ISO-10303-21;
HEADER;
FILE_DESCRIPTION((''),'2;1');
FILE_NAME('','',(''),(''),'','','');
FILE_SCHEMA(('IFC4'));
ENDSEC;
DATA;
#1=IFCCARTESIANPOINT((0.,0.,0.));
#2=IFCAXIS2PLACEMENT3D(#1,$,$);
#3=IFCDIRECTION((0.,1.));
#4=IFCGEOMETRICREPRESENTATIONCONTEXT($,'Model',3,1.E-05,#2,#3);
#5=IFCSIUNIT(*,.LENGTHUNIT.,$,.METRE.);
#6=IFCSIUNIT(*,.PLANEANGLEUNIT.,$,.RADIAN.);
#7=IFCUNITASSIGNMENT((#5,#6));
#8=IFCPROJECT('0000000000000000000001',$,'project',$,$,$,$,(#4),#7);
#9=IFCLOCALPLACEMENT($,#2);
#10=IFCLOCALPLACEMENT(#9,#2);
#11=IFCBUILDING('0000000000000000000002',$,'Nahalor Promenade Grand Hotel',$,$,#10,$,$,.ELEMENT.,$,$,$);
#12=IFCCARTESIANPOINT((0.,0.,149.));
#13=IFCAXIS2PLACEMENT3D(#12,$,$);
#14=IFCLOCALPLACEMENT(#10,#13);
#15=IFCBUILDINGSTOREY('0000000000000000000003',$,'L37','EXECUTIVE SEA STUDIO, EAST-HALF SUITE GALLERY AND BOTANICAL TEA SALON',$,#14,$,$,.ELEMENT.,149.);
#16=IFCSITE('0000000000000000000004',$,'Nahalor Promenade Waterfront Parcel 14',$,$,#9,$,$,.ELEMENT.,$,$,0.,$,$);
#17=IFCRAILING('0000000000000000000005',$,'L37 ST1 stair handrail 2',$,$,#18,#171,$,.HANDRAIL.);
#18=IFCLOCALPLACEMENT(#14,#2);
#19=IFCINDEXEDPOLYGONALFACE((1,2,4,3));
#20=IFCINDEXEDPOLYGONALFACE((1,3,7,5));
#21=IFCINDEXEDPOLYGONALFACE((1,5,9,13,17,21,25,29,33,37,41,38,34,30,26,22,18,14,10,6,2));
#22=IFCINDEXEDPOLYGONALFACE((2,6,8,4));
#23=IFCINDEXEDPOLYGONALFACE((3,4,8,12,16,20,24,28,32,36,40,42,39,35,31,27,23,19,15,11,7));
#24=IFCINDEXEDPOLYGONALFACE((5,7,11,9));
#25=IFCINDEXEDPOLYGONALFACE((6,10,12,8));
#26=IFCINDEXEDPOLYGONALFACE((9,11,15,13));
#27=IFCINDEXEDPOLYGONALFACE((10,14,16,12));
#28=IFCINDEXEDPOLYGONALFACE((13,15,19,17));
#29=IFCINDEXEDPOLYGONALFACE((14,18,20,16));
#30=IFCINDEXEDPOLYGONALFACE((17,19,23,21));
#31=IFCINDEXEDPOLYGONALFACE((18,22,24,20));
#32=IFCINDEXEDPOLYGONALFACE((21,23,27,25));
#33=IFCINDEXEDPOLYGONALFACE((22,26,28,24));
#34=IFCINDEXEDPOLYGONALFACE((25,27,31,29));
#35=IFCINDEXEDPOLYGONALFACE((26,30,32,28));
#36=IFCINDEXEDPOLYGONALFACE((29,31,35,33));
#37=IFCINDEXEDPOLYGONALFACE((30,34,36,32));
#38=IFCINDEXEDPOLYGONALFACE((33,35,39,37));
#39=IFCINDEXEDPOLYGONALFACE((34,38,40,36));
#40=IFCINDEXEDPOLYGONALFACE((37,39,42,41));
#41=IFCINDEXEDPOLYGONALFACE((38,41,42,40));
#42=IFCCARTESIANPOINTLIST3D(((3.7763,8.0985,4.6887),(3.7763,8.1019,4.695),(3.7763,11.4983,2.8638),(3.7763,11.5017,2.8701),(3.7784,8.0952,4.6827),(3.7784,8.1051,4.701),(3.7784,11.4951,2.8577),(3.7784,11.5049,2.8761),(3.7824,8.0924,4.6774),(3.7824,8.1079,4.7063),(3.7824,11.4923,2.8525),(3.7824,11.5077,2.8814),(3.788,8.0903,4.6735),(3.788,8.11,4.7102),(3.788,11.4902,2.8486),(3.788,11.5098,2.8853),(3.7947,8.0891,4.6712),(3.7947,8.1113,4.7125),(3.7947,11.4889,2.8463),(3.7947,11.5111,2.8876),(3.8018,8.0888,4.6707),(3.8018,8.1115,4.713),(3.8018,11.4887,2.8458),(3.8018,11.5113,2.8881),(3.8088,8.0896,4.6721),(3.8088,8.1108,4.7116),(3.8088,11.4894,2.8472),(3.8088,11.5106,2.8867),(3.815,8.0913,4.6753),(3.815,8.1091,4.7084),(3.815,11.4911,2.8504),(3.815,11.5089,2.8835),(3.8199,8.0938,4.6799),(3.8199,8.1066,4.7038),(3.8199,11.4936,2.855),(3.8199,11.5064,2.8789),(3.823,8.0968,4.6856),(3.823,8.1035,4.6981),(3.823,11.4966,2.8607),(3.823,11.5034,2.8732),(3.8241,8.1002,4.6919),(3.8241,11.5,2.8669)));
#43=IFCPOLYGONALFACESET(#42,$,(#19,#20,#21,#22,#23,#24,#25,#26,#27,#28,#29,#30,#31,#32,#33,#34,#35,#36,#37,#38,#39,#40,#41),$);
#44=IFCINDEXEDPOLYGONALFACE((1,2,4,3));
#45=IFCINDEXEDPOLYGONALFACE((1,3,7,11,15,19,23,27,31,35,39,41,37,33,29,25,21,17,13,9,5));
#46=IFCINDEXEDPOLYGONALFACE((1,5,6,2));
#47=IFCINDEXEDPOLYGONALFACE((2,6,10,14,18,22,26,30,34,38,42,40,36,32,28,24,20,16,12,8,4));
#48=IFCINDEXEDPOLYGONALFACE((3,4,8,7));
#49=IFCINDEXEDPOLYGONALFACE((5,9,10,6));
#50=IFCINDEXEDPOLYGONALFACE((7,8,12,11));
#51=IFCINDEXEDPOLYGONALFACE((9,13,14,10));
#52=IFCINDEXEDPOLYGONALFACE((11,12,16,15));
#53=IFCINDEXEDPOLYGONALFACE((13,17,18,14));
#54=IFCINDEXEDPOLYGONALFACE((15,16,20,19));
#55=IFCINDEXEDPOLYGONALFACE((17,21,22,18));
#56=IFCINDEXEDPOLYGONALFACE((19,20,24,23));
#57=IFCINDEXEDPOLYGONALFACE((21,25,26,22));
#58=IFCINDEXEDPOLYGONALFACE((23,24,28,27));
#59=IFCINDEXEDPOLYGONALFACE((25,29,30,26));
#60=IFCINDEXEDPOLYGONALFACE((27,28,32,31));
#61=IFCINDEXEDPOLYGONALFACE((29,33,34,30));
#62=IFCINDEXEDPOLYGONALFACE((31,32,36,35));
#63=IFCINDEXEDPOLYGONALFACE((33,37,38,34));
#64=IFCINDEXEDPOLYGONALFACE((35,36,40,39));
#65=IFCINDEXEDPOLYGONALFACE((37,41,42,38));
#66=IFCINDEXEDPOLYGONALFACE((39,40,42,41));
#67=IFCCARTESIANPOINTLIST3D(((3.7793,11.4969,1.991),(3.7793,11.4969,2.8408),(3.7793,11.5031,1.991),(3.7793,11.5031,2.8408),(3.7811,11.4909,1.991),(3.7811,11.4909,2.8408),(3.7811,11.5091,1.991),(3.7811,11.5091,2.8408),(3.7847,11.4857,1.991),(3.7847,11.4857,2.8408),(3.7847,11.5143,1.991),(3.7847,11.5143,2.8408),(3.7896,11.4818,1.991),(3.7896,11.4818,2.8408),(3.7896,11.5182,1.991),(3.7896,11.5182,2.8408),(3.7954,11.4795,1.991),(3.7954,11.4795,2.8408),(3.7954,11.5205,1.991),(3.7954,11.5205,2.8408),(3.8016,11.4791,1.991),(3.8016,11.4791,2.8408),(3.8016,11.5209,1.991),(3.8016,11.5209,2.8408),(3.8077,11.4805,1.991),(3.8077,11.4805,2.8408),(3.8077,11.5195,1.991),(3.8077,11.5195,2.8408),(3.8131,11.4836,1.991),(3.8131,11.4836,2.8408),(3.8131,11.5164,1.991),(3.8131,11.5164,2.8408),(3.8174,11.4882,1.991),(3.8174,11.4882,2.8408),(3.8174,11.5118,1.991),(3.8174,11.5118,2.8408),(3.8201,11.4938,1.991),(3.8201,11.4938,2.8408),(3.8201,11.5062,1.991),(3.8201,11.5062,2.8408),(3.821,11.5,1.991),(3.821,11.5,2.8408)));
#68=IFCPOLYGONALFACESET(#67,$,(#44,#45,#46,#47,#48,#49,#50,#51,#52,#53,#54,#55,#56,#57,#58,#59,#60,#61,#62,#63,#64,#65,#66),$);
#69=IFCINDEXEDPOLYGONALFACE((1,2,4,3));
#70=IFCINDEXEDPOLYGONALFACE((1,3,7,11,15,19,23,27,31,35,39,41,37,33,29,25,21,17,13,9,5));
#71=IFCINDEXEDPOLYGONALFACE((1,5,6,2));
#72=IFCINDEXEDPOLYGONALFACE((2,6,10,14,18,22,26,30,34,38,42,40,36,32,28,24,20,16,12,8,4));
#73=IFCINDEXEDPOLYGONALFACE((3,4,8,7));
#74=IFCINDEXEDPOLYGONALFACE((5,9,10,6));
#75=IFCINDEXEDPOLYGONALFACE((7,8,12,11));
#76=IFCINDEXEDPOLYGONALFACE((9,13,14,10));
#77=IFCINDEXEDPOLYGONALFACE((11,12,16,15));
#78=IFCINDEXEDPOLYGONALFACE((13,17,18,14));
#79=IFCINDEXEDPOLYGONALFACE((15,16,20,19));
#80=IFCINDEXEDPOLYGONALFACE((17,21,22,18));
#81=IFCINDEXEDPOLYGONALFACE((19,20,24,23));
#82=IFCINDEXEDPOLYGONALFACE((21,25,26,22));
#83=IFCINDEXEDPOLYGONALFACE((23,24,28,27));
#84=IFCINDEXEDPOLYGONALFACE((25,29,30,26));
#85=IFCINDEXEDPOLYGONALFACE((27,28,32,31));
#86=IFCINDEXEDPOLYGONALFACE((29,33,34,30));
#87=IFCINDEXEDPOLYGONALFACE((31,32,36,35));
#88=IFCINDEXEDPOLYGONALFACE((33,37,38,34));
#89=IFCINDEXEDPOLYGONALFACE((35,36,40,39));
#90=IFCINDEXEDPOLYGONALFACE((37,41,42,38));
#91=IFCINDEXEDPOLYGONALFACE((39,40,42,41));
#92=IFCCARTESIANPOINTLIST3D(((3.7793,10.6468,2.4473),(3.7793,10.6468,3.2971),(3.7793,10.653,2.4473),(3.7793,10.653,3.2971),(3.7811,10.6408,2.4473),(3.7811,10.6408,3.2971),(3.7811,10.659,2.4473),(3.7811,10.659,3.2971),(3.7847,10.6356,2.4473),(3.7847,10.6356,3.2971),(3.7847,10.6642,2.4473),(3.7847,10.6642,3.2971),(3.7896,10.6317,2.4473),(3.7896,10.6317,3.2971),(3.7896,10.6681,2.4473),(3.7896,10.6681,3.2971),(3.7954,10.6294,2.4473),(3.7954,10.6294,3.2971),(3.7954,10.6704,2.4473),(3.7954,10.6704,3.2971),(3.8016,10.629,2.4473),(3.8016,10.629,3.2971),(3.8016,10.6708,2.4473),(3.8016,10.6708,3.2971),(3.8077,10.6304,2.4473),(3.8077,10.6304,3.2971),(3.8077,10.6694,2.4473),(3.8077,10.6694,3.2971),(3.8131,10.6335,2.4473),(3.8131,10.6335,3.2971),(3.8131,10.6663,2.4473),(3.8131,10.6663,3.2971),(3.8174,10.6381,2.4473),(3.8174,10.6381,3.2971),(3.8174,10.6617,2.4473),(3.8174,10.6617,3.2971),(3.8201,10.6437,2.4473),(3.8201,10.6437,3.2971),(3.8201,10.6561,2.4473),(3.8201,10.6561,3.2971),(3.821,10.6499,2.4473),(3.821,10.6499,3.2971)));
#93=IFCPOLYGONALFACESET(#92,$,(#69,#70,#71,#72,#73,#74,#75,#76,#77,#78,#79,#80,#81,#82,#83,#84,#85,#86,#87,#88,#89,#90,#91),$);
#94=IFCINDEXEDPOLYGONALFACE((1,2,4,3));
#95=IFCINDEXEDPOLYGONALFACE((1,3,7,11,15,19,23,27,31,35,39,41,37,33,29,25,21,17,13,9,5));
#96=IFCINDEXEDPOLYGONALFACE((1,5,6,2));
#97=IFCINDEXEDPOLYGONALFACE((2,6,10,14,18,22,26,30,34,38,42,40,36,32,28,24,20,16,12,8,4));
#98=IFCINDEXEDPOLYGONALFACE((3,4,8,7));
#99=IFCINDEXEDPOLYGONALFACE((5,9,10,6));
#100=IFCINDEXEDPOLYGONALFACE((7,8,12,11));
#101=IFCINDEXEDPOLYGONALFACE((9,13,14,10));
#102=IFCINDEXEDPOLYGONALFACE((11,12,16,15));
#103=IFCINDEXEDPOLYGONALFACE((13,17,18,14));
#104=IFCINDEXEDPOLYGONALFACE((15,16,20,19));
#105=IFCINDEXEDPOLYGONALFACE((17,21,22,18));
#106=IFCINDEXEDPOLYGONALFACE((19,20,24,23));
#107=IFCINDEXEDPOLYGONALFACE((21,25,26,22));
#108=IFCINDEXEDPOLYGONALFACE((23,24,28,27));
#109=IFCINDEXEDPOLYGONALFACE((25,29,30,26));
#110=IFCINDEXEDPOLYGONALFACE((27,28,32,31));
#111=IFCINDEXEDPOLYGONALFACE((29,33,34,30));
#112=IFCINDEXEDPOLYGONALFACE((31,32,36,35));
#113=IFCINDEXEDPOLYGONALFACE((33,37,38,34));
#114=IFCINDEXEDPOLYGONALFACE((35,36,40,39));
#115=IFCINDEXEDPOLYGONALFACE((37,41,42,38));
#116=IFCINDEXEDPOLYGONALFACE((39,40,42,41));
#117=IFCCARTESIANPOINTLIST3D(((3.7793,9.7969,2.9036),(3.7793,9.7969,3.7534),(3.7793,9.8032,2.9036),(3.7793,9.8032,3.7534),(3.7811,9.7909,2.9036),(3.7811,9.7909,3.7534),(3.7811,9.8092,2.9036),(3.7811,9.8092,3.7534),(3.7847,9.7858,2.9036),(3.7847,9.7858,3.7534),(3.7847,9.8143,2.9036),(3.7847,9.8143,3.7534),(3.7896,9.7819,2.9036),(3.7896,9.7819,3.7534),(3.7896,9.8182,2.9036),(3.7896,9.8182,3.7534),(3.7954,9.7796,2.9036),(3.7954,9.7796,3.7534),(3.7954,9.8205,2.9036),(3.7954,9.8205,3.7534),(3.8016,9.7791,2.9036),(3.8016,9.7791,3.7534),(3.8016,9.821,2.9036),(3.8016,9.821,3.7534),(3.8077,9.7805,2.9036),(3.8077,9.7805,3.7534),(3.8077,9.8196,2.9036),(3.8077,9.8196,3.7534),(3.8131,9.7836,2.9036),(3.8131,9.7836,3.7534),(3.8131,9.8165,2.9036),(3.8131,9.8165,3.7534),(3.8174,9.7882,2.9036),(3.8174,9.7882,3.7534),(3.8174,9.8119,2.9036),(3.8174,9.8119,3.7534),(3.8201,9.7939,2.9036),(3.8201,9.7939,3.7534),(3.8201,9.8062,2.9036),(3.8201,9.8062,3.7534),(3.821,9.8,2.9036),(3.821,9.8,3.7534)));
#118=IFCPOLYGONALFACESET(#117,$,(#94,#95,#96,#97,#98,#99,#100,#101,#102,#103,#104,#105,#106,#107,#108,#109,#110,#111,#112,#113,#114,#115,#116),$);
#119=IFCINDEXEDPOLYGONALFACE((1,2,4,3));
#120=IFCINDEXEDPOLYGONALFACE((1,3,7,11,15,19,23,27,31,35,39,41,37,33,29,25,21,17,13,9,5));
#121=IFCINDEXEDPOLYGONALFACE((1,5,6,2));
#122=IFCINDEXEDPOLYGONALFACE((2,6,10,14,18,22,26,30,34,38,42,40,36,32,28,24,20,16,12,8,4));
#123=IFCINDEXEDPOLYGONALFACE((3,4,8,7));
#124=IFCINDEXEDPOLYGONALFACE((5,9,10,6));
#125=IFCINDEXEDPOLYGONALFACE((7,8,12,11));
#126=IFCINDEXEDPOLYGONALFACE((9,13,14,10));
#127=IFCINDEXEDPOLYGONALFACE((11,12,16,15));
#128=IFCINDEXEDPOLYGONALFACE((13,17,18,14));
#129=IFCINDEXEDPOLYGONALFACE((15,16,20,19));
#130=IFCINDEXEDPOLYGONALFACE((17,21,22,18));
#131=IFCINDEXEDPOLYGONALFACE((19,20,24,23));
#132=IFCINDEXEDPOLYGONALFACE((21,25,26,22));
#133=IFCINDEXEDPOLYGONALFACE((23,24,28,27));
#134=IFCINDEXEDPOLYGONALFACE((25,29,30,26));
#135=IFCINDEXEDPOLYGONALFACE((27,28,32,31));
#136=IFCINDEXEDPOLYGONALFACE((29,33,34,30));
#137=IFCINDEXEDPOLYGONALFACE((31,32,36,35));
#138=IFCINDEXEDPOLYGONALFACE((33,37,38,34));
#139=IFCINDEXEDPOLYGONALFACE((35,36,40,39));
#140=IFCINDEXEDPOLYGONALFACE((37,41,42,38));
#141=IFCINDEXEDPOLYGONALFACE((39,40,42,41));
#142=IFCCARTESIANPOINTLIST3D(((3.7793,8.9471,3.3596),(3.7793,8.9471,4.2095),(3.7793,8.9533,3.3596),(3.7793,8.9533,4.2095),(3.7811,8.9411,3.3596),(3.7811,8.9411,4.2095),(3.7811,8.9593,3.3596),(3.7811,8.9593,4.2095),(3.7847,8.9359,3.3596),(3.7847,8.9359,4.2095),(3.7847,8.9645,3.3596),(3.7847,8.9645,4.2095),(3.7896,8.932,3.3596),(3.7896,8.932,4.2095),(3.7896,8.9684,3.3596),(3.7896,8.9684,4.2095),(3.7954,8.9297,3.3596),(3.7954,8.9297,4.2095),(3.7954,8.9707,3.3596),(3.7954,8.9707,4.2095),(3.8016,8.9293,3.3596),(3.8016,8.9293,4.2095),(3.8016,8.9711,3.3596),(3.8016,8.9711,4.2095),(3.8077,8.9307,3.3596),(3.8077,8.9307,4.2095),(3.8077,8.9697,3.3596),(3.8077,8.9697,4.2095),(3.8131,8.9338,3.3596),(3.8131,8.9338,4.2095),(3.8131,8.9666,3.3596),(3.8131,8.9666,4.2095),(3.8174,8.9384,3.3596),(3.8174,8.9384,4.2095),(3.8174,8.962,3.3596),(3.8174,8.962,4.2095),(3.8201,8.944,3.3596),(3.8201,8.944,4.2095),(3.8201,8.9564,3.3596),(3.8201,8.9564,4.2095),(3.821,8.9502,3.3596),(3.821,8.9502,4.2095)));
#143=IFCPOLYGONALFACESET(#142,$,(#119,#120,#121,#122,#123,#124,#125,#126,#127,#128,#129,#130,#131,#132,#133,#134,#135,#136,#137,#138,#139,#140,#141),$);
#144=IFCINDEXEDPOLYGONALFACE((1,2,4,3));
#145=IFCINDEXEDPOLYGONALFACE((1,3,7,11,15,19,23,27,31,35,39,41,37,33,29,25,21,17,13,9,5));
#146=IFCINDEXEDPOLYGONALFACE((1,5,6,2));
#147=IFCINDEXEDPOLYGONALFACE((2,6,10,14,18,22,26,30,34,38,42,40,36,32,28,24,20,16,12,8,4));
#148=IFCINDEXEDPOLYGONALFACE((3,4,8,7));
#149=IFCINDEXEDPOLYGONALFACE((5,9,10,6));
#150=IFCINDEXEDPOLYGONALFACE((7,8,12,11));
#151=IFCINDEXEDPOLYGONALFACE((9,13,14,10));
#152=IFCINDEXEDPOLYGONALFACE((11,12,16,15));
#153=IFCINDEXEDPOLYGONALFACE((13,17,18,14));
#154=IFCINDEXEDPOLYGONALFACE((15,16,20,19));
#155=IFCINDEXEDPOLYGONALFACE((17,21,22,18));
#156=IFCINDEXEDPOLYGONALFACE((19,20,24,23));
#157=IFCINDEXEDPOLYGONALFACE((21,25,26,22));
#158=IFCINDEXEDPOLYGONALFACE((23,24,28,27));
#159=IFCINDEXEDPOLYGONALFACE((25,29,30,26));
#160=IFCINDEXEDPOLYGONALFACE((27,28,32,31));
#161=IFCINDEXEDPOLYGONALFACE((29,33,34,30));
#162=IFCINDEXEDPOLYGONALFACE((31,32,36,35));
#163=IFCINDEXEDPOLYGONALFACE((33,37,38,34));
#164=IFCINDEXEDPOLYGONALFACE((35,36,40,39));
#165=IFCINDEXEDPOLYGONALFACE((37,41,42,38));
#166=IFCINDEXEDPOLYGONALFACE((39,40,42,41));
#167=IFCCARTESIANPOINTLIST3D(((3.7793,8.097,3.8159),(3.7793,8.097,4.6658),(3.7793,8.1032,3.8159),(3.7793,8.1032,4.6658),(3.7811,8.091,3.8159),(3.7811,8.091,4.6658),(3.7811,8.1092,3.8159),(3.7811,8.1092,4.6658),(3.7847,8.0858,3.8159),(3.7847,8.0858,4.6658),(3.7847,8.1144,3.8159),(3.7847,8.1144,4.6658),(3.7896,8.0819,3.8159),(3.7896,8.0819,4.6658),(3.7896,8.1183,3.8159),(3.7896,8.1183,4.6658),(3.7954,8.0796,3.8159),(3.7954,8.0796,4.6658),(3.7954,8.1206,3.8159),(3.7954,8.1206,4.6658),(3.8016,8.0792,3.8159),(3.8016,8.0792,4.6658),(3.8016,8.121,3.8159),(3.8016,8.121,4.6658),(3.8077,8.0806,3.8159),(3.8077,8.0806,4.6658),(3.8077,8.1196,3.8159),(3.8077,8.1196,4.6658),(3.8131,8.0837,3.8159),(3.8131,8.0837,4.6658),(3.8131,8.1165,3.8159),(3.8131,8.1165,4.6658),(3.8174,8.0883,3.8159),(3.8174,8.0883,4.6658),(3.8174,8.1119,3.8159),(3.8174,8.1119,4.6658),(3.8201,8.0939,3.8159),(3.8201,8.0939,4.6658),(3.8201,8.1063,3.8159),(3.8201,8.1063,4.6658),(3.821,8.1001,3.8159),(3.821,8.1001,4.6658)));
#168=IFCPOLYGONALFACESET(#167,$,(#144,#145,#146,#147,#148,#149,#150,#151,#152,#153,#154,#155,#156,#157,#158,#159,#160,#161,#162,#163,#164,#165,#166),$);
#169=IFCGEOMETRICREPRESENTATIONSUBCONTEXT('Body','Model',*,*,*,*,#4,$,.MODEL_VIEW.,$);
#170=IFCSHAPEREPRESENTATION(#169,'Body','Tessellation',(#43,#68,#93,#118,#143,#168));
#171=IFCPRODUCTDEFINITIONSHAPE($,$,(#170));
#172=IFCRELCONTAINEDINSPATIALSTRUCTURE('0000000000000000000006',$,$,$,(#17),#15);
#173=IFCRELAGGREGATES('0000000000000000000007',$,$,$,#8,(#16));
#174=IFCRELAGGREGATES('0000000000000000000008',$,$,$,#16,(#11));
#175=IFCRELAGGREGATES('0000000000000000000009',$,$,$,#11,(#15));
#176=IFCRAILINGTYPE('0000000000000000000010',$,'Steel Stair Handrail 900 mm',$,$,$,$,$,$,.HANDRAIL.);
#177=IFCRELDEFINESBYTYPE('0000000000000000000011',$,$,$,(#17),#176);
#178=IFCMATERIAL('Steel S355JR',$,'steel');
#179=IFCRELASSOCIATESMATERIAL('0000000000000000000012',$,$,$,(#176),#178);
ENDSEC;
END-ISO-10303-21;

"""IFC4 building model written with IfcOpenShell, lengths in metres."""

from ifc_helpers import new_model, si_unit, direction, frame, origin, origin_2d, place, context, subcontext, project, spatial, circle, extrude, material, type_object, element, save


model = new_model("IFC4")

# Units and contexts
model_context = context("Model", 3, precision=1e-05, world=origin(), true_north=direction((0.0, 1.0)))
body_context = subcontext(model_context, "Body", "Model", "MODEL_VIEW")
ifc_project = project(units=[si_unit("LENGTHUNIT", "METRE"), si_unit("PLANEANGLEUNIT", "RADIAN")], contexts=[model_context])

# Site, building, storey
site_placement = place(None, origin())
site = spatial("IfcSite", under=ifc_project, at=site_placement, Name="Nahalor Promenade Waterfront Parcel 14", CompositionType="ELEMENT", RefElevation=0.0)
building_placement = place(site_placement, origin())
building = spatial("IfcBuilding", under=site, at=building_placement, Name="Nahalor Promenade Grand Hotel", CompositionType="ELEMENT")
storey_placement = place(building_placement, frame((0.0, 0.0, 149.0)))
storey = spatial("IfcBuildingStorey", under=building, at=storey_placement, Name="L37", Description="EXECUTIVE SEA STUDIO, EAST-HALF SUITE GALLERY AND BOTANICAL TEA SALON", CompositionType="ELEMENT", Elevation=149.0)

# Shared definitions
ifc_material_1 = material(Name="Steel S355JR", Category="steel")

# Railing
railing_type_1 = type_object("IfcRailingType", Name="Steel Stair Handrail 900 mm", PredefinedType="HANDRAIL", material=ifc_material_1)
railing_1_placement = place(storey_placement, frame((3.8, 11.5, 1.991)))
element("IfcRailing", 1, at=railing_1_placement, inside=storey, type_object=railing_type_1, Name="L37 ST1 stair handrail 2", PredefinedType="HANDRAIL", context=body_context, shape_type="SweptSolid", body=[
    extrude(circle(Radius=0.024, at=origin_2d()), frame((0.0, 0.0, 0.876), z_axis=(0.0, -0.881094, 0.472941), x_axis=(1.0, 0.0, 0.0)), (0.0, 0.0, 1.0), 3.8586),
    extrude(circle(Radius=0.021, at=origin_2d()), origin(), (0.0, 0.0, 1.0), 0.8499),
    extrude(circle(Radius=0.021, at=origin_2d()), frame((0.0, -0.8501, 0.4563)), (0.0, 0.0, 1.0), 0.8499),
    extrude(circle(Radius=0.021, at=origin_2d()), frame((0.0, -1.7, 0.9126)), (0.0, 0.0, 1.0), 0.8499),
    extrude(circle(Radius=0.021, at=origin_2d()), frame((0.0, -2.5498, 1.3687)), (0.0, 0.0, 1.0), 0.8499),
    extrude(circle(Radius=0.021, at=origin_2d()), frame((0.0, -3.3999, 1.825)), (0.0, 0.0, 1.0), 0.8499),
])

save(model, "model.ifc")
